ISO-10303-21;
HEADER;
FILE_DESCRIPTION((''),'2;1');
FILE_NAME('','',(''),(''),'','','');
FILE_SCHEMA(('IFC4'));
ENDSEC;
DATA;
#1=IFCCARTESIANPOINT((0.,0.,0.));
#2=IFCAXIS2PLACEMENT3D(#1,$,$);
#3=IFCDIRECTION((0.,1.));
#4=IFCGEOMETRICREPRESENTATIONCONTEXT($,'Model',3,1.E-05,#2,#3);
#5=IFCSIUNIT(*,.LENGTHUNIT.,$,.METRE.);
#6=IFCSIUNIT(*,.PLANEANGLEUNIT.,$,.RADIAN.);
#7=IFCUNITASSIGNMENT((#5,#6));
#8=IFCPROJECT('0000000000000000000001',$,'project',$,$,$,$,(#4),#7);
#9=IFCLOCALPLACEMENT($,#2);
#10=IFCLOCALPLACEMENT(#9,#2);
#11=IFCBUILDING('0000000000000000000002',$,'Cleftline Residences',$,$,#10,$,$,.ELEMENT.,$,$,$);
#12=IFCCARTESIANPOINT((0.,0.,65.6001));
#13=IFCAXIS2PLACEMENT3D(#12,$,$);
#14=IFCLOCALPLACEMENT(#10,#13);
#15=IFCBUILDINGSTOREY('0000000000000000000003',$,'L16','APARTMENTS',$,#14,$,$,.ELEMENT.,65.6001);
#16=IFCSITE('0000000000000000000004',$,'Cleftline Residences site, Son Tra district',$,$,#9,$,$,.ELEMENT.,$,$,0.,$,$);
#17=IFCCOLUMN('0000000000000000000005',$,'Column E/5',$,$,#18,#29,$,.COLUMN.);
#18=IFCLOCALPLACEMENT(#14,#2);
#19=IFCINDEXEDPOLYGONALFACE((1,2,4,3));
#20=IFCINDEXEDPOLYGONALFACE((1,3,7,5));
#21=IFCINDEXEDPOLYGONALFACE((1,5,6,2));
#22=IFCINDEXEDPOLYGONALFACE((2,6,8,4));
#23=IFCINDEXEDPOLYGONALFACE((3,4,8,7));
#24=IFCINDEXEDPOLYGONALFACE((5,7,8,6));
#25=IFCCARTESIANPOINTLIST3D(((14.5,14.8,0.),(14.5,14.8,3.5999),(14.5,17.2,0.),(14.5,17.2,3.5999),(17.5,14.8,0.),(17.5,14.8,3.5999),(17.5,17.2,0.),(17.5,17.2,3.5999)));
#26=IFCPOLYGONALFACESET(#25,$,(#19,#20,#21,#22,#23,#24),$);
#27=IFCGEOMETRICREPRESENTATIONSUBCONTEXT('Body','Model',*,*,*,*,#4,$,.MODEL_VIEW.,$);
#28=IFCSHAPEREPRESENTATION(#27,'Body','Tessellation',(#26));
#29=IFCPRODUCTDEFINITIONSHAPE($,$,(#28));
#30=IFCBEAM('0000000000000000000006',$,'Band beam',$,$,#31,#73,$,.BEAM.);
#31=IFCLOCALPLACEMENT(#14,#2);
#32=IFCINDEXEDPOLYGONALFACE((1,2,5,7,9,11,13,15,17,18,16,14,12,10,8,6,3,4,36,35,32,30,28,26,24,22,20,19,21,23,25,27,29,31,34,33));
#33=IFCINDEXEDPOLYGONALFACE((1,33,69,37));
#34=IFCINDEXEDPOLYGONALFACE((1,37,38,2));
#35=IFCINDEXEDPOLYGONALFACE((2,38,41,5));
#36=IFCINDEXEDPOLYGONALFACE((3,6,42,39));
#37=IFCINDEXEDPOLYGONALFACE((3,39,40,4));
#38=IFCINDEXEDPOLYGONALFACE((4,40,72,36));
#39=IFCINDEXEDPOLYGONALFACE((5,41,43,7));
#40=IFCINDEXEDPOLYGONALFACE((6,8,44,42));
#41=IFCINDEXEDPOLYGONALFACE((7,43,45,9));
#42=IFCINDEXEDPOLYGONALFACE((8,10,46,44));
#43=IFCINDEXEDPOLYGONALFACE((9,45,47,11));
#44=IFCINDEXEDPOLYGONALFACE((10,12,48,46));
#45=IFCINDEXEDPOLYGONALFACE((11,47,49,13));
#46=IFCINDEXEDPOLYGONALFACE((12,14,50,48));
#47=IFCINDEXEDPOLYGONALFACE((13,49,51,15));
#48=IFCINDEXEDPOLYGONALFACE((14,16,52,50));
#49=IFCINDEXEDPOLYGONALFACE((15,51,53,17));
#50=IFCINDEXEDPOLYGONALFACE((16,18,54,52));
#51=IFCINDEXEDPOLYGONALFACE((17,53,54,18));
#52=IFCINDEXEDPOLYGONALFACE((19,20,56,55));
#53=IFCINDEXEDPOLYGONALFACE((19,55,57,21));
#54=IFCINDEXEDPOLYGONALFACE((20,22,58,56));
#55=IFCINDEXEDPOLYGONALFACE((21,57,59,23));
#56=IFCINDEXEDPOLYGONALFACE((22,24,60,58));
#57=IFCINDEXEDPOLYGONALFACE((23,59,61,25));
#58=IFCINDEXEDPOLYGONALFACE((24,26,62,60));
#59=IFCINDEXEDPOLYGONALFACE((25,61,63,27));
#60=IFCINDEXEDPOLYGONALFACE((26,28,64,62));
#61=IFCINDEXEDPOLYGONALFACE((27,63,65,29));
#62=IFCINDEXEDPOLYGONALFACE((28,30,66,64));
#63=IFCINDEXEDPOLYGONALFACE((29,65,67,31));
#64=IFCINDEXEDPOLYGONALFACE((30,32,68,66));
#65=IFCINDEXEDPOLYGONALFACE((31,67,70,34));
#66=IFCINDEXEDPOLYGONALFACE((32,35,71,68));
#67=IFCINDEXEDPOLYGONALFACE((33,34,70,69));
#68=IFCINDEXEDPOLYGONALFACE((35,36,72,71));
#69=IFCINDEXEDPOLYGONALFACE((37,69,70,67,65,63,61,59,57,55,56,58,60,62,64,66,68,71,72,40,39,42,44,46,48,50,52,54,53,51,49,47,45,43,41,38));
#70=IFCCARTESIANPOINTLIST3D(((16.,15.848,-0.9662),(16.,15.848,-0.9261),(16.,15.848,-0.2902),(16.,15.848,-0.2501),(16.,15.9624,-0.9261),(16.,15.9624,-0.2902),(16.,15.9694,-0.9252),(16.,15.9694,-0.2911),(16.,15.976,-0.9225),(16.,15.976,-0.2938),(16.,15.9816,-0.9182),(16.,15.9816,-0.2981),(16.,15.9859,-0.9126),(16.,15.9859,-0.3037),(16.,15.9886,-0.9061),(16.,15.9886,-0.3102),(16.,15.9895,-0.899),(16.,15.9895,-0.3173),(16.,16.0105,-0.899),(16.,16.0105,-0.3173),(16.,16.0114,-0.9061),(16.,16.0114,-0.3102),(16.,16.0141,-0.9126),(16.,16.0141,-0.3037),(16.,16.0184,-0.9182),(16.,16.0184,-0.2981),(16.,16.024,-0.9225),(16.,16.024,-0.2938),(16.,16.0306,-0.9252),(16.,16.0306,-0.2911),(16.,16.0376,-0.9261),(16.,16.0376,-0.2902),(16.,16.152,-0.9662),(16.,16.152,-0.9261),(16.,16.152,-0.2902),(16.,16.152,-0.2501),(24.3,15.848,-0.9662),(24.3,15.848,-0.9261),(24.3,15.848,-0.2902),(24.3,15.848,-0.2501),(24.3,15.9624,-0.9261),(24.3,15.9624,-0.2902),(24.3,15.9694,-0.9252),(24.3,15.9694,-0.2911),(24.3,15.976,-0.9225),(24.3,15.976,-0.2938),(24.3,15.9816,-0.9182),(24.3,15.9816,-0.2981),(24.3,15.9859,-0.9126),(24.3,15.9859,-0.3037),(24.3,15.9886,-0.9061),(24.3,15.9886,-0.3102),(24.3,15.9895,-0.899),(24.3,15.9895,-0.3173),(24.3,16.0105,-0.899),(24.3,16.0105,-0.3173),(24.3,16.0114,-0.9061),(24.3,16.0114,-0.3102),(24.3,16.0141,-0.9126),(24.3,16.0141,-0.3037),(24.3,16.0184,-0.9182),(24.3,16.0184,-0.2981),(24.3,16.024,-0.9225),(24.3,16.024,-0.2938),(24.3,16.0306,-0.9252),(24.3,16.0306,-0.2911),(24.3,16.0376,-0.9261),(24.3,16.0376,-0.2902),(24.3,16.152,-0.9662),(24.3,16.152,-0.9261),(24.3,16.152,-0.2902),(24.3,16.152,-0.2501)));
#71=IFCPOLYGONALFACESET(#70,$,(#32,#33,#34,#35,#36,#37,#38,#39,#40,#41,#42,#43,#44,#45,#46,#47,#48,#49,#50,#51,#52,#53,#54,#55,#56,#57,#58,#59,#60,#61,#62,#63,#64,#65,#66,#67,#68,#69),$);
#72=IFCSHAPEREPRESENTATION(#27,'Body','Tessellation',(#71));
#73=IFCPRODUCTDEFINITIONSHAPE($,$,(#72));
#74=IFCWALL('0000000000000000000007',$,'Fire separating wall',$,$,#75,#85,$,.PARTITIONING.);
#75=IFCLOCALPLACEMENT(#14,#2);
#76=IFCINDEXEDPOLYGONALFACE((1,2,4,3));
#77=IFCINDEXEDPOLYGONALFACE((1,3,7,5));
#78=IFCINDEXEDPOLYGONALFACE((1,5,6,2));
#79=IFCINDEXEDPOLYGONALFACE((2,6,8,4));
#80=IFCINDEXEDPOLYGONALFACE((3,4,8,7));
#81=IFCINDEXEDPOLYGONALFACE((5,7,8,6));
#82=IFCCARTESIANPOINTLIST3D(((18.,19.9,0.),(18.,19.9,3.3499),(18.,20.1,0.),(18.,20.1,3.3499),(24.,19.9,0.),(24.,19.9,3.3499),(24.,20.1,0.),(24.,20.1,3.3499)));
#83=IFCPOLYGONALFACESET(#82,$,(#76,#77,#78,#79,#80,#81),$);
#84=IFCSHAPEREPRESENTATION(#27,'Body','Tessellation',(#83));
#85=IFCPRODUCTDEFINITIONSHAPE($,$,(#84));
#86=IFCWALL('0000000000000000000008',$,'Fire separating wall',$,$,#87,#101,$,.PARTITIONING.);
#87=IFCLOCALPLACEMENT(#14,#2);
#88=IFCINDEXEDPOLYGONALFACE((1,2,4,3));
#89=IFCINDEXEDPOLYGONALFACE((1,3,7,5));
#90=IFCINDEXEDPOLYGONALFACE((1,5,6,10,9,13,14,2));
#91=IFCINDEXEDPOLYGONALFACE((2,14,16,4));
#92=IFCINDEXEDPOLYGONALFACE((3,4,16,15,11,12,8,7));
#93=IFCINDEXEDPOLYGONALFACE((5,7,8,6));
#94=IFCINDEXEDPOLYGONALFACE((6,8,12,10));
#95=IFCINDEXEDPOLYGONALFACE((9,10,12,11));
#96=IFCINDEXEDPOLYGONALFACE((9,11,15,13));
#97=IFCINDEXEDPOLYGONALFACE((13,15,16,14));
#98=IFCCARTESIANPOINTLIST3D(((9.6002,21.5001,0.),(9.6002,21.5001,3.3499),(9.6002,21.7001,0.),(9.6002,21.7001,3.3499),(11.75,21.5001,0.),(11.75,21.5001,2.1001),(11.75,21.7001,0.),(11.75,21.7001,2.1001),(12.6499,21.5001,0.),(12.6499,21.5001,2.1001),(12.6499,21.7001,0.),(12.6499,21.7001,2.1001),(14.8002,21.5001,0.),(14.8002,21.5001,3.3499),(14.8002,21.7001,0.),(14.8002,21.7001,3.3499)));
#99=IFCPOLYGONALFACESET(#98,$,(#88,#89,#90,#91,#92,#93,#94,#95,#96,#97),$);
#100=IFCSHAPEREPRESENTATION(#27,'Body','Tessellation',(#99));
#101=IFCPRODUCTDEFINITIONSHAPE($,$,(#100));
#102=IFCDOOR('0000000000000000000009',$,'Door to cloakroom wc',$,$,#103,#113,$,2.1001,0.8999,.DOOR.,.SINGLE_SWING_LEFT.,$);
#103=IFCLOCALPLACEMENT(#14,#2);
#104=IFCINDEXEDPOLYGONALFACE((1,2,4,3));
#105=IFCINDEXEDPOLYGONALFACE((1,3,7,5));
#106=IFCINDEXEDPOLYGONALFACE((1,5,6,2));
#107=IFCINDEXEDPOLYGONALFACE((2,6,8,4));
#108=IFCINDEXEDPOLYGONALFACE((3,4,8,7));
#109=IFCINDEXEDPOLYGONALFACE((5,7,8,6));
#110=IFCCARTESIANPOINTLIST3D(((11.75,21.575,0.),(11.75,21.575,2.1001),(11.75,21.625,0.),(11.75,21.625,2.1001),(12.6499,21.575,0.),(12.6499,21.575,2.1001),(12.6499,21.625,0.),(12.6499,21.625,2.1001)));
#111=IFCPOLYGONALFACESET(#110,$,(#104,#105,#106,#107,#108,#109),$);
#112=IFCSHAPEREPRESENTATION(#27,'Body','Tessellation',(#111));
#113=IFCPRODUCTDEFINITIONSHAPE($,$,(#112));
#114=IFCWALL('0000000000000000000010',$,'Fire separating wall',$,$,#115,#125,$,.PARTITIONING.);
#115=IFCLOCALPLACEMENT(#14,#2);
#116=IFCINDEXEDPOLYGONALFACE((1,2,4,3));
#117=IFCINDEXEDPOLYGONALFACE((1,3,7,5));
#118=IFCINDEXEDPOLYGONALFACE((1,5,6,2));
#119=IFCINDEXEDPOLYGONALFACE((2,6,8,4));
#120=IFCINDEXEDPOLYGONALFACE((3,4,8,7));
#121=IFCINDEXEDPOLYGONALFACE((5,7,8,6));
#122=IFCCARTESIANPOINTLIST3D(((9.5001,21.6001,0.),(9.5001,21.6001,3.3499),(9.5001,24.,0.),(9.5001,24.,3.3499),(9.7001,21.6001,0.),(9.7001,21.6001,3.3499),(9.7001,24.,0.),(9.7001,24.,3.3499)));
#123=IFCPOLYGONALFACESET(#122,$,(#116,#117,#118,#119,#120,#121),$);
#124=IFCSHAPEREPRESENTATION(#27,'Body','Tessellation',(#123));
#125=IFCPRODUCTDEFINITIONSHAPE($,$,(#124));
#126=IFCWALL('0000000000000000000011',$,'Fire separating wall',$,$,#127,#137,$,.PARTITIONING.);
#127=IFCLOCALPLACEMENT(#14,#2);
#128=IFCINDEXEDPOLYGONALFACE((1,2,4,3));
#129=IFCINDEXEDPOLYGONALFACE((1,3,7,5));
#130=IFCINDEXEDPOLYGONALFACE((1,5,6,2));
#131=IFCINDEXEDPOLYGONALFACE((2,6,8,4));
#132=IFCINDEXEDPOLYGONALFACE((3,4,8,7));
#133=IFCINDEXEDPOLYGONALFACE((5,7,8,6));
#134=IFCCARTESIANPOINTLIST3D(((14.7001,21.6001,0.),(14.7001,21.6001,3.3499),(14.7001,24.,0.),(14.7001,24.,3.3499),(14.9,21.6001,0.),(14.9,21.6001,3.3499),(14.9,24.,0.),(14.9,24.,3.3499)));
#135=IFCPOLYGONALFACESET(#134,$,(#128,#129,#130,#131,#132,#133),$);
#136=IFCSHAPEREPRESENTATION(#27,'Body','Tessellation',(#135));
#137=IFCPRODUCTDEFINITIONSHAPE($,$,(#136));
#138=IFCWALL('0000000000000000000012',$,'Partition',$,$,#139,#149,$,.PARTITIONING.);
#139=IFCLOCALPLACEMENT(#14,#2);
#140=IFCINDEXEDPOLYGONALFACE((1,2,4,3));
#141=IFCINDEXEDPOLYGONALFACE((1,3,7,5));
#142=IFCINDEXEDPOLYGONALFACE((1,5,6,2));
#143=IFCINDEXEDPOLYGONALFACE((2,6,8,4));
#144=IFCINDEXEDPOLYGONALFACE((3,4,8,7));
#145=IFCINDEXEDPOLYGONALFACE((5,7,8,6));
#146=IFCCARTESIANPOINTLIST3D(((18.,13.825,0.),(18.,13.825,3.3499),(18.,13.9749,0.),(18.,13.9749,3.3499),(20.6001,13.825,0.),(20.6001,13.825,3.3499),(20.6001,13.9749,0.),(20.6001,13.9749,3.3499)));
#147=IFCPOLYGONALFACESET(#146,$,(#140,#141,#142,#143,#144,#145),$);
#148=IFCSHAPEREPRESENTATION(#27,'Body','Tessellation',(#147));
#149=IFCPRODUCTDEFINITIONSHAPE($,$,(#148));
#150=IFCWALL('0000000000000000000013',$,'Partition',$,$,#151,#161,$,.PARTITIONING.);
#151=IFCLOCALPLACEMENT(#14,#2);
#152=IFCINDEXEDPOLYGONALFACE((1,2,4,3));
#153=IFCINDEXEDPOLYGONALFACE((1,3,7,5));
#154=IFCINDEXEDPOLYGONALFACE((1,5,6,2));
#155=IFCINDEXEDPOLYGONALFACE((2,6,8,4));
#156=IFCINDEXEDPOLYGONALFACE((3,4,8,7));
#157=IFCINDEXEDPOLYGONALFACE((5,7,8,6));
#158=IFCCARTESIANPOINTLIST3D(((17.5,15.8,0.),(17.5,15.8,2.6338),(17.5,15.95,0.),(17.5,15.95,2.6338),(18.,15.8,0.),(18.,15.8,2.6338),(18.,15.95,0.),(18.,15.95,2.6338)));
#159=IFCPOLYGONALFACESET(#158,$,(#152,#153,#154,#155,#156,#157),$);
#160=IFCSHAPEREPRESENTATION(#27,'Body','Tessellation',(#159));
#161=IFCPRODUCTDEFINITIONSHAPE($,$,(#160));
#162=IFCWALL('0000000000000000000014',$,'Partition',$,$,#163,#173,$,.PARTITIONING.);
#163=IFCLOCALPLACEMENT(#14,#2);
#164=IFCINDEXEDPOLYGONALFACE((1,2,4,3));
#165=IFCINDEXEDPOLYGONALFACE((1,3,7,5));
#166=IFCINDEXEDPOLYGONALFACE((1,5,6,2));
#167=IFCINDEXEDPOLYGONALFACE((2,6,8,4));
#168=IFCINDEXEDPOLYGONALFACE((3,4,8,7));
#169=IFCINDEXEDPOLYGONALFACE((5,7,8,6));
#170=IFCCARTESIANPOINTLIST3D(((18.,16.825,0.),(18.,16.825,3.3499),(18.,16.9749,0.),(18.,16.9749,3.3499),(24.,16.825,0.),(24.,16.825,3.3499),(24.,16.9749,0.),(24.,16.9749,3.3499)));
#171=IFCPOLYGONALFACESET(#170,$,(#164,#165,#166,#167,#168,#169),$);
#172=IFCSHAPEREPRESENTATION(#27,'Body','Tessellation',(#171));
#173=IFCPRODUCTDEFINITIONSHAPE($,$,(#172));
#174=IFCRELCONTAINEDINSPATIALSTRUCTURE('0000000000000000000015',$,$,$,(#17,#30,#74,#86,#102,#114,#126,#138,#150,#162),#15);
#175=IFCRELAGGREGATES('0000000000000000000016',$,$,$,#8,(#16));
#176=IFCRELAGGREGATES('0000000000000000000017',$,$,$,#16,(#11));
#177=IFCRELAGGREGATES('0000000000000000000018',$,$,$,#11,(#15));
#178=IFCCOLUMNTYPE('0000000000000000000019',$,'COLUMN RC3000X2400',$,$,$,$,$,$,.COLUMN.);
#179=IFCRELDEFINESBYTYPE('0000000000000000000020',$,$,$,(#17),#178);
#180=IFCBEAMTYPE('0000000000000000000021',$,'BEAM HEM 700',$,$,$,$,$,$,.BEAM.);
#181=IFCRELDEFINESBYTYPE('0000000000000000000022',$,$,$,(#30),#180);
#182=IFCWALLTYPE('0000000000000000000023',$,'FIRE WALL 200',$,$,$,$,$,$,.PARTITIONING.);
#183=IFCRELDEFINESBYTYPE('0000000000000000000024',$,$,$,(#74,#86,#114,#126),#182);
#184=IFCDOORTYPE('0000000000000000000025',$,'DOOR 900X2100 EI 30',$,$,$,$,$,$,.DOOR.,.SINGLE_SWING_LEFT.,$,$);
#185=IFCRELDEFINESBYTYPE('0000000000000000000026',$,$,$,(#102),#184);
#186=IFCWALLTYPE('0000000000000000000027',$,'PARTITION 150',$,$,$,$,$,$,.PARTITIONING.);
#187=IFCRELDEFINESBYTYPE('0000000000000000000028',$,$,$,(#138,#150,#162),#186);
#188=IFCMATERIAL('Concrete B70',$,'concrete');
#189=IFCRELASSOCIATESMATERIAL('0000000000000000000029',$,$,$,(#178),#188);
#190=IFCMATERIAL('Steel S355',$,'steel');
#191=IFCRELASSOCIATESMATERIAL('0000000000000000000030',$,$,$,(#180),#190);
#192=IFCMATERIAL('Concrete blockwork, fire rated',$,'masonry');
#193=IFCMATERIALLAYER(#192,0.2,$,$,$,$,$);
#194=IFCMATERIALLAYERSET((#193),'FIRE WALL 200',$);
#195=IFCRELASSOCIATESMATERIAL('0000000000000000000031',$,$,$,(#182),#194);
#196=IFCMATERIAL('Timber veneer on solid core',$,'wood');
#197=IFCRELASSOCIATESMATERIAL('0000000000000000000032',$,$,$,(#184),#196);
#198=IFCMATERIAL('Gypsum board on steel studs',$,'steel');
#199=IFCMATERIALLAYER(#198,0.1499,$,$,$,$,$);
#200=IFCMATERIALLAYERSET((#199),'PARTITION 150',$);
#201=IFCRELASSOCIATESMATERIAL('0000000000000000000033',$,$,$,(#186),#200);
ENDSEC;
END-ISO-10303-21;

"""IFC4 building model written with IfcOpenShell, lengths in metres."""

from ifc_helpers import new_model, si_unit, direction, frame, frame_2d, origin, origin_2d, place, context, subcontext, project, spatial, rectangle, i_section, extrude, material, layer, layer_set, material_profile, profile_set, type_object, element, fill, save


model = new_model("IFC4")

# Units and contexts
model_context = context("Model", 3, precision=1e-05, world=origin(), true_north=direction((0.0, 1.0)))
body_context = subcontext(model_context, "Body", "Model", "MODEL_VIEW")
ifc_project = project(units=[si_unit("LENGTHUNIT", "METRE"), si_unit("PLANEANGLEUNIT", "RADIAN")], contexts=[model_context])

# Site, building, storey
site_placement = place(None, origin())
site = spatial("IfcSite", under=ifc_project, at=site_placement, Name="Cleftline Residences site, Son Tra district", CompositionType="ELEMENT", RefElevation=0.0)
building_placement = place(site_placement, origin())
building = spatial("IfcBuilding", under=site, at=building_placement, Name="Cleftline Residences", CompositionType="ELEMENT")
storey_placement = place(building_placement, frame((0.0, 0.0, 65.6001)))
storey = spatial("IfcBuildingStorey", under=building, at=storey_placement, Name="L16", Description="APARTMENTS", CompositionType="ELEMENT", Elevation=65.6001)

# Column
ifc_material_1 = material(Name="Concrete B70", Category="concrete")
ifc_material_profile_1 = material_profile(ifc_material_1, rectangle(XDim=3.0, YDim=2.3999, at=origin_2d()))
ifc_profile_set_1 = profile_set([ifc_material_profile_1], Name="Concrete B70")
column_type = type_object("IfcColumnType", Name="COLUMN RC3000X2400", PredefinedType="COLUMN", material=ifc_profile_set_1)
column_placement = place(storey_placement, frame((16.0, 16.0, 0.0), z_axis=(0.0, 0.0, 1.0), x_axis=(1.0, 0.0, 0.0)))
element("IfcColumn", 1, at=column_placement, inside=storey, type_object=column_type, Name="Column E/5", PredefinedType="COLUMN", context=body_context, shape_type="SweptSolid", body=[
    extrude(rectangle(XDim=3.0, YDim=2.3999, at=origin_2d()), origin(), (0.0, 0.0, 1.0), 3.5999),
])

# Beam
ifc_material_2 = material(Name="Steel S355", Category="steel")
ifc_material_profile_2 = material_profile(ifc_material_2, i_section(OverallWidth=0.304, OverallDepth=0.7161, WebThickness=0.021, FlangeThickness=0.04, FilletRadius=0.0271, at=origin_2d()))
ifc_profile_set_2 = profile_set([ifc_material_profile_2], Name="Steel S355")
beam_type = type_object("IfcBeamType", Name="BEAM HEM 700", PredefinedType="BEAM", material=ifc_profile_set_2)
beam_placement = place(storey_placement, frame((16.0, 16.0, -0.6082), z_axis=(1.0, 0.0, 0.0), x_axis=(0.0, 1.0, 0.0)))
element("IfcBeam", 2, at=beam_placement, inside=storey, type_object=beam_type, Name="Band beam", PredefinedType="BEAM", context=body_context, shape_type="SweptSolid", body=[
    extrude(i_section(OverallWidth=0.304, OverallDepth=0.7161, WebThickness=0.021, FlangeThickness=0.04, FilletRadius=0.0271, at=origin_2d()), origin(), (0.0, 0.0, 1.0), 8.3),
])

# Wall
ifc_material_3 = material(Name="Concrete blockwork, fire rated", Category="masonry")
ifc_layer_1 = layer(ifc_material_3, 0.2)
ifc_layer_set_1 = layer_set([ifc_layer_1], Name="FIRE WALL 200")
wall_type_1 = type_object("IfcWallType", Name="FIRE WALL 200", PredefinedType="PARTITIONING", material=ifc_layer_set_1)
wall_1_placement = place(storey_placement, frame((18.0, 20.0, 0.0), z_axis=(0.0, 0.0, 1.0), x_axis=(1.0, 0.0, 0.0)))
element("IfcWall", 3, at=wall_1_placement, inside=storey, type_object=wall_type_1, Name="Fire separating wall", PredefinedType="PARTITIONING", context=body_context, shape_type="SweptSolid", body=[
    extrude(rectangle(XDim=6.0, YDim=0.2, at=frame_2d((3.0, 0.0))), origin(), (0.0, 0.0, 1.0), 3.3499),
])

# Wall, opening, door
wall_2_placement = place(storey_placement, frame((9.6001, 21.6001, 0.0), z_axis=(0.0, 0.0, 1.0), x_axis=(1.0, 0.0, 0.0)))
wall_2 = element("IfcWall", 4, at=wall_2_placement, inside=storey, type_object=wall_type_1, Name="Fire separating wall", PredefinedType="PARTITIONING", context=body_context, shape_type="SweptSolid", body=[
    extrude(rectangle(XDim=5.2, YDim=0.2, at=frame_2d((2.6001, 0.0))), origin(), (0.0, 0.0, 1.0), 3.3499),
])
opening_1_placement = place(wall_2_placement, frame((2.1499, 0.0, 0.0)))
opening_1 = element("IfcOpeningElement", 5, at=opening_1_placement, cuts=wall_2, PredefinedType="OPENING", context=body_context, shape_type="SweptSolid", body=[
    extrude(rectangle(XDim=0.8999, YDim=2.1001, at=frame_2d((0.45, 1.05))), frame((0.0, 0.1099, 0.0), z_axis=(0.0, -1.0, 0.0), x_axis=(1.0, 0.0, 0.0)), (0.0, 0.0, 1.0), 0.22),
])
ifc_material_4 = material(Name="Timber veneer on solid core", Category="wood")
door_type_1 = type_object("IfcDoorType", Name="DOOR 900X2100 EI 30", OperationType="SINGLE_SWING_LEFT", PredefinedType="DOOR", material=ifc_material_4)
door_1_placement = place(opening_1_placement, origin())
door_1 = element("IfcDoor", 6, at=door_1_placement, inside=storey, type_object=door_type_1, Name="Door to cloakroom wc", OperationType="SINGLE_SWING_LEFT", OverallHeight=2.1001, OverallWidth=0.8999, PredefinedType="DOOR", context=body_context, shape_type="SweptSolid", body=[
    extrude(rectangle(XDim=0.8999, YDim=2.1001, at=frame_2d((0.45, 1.05))), frame((0.0, 0.0249, 0.0), z_axis=(0.0, -1.0, 0.0), x_axis=(1.0, 0.0, 0.0)), (0.0, 0.0, 1.0), 0.05),
])
fill(opening_1, door_1)

# Walls
for number, where, z_axis, x_axis, name in (
    (7, (9.6001, 21.6001, 0.0), (0.0, 0.0, 1.0), (0.0, 1.0, 0.0), "Fire separating wall"),
    (8, (14.8, 21.6001, 0.0), (0.0, 0.0, 1.0), (0.0, 1.0, 0.0), "Fire separating wall"),
):
    element("IfcWall", number, at=place(storey_placement, frame(where, z_axis=z_axis, x_axis=x_axis)), inside=storey, type_object=wall_type_1, Name=name, PredefinedType="PARTITIONING", context=body_context, shape_type="SweptSolid", body=[
        extrude(rectangle(XDim=2.3999, YDim=0.2, at=frame_2d((1.2, 0.0))), origin(), (0.0, 0.0, 1.0), 3.3499),
    ])

# Walls
ifc_material_5 = material(Name="Gypsum board on steel studs", Category="steel")
ifc_layer_2 = layer(ifc_material_5, 0.1499)
ifc_layer_set_2 = layer_set([ifc_layer_2], Name="PARTITION 150")
wall_type_2 = type_object("IfcWallType", Name="PARTITION 150", PredefinedType="PARTITIONING", material=ifc_layer_set_2)
wall_3_placement = place(storey_placement, frame((18.0, 13.8999, 0.0), z_axis=(0.0, 0.0, 1.0), x_axis=(1.0, 0.0, 0.0)))
element("IfcWall", 9, at=wall_3_placement, inside=storey, type_object=wall_type_2, Name="Partition", PredefinedType="PARTITIONING", context=body_context, shape_type="SweptSolid", body=[
    extrude(rectangle(XDim=2.6001, YDim=0.1499, at=frame_2d((1.3, 0.0))), origin(), (0.0, 0.0, 1.0), 3.3499),
])
wall_4_placement = place(storey_placement, frame((17.5, 15.875, 0.0), z_axis=(0.0, 0.0, 1.0), x_axis=(1.0, 0.0, 0.0)))
element("IfcWall", 10, at=wall_4_placement, inside=storey, type_object=wall_type_2, Name="Partition", PredefinedType="PARTITIONING", context=body_context, shape_type="SweptSolid", body=[
    extrude(rectangle(XDim=0.5, YDim=0.1499, at=frame_2d((0.25, 0.0))), origin(), (0.0, 0.0, 1.0), 2.6338),
])
wall_5_placement = place(storey_placement, frame((18.0, 16.8999, 0.0), z_axis=(0.0, 0.0, 1.0), x_axis=(1.0, 0.0, 0.0)))
element("IfcWall", 11, at=wall_5_placement, inside=storey, type_object=wall_type_2, Name="Partition", PredefinedType="PARTITIONING", context=body_context, shape_type="SweptSolid", body=[
    extrude(rectangle(XDim=6.0, YDim=0.1499, at=frame_2d((3.0, 0.0))), origin(), (0.0, 0.0, 1.0), 3.3499),
])

save(model, "model.ifc")
